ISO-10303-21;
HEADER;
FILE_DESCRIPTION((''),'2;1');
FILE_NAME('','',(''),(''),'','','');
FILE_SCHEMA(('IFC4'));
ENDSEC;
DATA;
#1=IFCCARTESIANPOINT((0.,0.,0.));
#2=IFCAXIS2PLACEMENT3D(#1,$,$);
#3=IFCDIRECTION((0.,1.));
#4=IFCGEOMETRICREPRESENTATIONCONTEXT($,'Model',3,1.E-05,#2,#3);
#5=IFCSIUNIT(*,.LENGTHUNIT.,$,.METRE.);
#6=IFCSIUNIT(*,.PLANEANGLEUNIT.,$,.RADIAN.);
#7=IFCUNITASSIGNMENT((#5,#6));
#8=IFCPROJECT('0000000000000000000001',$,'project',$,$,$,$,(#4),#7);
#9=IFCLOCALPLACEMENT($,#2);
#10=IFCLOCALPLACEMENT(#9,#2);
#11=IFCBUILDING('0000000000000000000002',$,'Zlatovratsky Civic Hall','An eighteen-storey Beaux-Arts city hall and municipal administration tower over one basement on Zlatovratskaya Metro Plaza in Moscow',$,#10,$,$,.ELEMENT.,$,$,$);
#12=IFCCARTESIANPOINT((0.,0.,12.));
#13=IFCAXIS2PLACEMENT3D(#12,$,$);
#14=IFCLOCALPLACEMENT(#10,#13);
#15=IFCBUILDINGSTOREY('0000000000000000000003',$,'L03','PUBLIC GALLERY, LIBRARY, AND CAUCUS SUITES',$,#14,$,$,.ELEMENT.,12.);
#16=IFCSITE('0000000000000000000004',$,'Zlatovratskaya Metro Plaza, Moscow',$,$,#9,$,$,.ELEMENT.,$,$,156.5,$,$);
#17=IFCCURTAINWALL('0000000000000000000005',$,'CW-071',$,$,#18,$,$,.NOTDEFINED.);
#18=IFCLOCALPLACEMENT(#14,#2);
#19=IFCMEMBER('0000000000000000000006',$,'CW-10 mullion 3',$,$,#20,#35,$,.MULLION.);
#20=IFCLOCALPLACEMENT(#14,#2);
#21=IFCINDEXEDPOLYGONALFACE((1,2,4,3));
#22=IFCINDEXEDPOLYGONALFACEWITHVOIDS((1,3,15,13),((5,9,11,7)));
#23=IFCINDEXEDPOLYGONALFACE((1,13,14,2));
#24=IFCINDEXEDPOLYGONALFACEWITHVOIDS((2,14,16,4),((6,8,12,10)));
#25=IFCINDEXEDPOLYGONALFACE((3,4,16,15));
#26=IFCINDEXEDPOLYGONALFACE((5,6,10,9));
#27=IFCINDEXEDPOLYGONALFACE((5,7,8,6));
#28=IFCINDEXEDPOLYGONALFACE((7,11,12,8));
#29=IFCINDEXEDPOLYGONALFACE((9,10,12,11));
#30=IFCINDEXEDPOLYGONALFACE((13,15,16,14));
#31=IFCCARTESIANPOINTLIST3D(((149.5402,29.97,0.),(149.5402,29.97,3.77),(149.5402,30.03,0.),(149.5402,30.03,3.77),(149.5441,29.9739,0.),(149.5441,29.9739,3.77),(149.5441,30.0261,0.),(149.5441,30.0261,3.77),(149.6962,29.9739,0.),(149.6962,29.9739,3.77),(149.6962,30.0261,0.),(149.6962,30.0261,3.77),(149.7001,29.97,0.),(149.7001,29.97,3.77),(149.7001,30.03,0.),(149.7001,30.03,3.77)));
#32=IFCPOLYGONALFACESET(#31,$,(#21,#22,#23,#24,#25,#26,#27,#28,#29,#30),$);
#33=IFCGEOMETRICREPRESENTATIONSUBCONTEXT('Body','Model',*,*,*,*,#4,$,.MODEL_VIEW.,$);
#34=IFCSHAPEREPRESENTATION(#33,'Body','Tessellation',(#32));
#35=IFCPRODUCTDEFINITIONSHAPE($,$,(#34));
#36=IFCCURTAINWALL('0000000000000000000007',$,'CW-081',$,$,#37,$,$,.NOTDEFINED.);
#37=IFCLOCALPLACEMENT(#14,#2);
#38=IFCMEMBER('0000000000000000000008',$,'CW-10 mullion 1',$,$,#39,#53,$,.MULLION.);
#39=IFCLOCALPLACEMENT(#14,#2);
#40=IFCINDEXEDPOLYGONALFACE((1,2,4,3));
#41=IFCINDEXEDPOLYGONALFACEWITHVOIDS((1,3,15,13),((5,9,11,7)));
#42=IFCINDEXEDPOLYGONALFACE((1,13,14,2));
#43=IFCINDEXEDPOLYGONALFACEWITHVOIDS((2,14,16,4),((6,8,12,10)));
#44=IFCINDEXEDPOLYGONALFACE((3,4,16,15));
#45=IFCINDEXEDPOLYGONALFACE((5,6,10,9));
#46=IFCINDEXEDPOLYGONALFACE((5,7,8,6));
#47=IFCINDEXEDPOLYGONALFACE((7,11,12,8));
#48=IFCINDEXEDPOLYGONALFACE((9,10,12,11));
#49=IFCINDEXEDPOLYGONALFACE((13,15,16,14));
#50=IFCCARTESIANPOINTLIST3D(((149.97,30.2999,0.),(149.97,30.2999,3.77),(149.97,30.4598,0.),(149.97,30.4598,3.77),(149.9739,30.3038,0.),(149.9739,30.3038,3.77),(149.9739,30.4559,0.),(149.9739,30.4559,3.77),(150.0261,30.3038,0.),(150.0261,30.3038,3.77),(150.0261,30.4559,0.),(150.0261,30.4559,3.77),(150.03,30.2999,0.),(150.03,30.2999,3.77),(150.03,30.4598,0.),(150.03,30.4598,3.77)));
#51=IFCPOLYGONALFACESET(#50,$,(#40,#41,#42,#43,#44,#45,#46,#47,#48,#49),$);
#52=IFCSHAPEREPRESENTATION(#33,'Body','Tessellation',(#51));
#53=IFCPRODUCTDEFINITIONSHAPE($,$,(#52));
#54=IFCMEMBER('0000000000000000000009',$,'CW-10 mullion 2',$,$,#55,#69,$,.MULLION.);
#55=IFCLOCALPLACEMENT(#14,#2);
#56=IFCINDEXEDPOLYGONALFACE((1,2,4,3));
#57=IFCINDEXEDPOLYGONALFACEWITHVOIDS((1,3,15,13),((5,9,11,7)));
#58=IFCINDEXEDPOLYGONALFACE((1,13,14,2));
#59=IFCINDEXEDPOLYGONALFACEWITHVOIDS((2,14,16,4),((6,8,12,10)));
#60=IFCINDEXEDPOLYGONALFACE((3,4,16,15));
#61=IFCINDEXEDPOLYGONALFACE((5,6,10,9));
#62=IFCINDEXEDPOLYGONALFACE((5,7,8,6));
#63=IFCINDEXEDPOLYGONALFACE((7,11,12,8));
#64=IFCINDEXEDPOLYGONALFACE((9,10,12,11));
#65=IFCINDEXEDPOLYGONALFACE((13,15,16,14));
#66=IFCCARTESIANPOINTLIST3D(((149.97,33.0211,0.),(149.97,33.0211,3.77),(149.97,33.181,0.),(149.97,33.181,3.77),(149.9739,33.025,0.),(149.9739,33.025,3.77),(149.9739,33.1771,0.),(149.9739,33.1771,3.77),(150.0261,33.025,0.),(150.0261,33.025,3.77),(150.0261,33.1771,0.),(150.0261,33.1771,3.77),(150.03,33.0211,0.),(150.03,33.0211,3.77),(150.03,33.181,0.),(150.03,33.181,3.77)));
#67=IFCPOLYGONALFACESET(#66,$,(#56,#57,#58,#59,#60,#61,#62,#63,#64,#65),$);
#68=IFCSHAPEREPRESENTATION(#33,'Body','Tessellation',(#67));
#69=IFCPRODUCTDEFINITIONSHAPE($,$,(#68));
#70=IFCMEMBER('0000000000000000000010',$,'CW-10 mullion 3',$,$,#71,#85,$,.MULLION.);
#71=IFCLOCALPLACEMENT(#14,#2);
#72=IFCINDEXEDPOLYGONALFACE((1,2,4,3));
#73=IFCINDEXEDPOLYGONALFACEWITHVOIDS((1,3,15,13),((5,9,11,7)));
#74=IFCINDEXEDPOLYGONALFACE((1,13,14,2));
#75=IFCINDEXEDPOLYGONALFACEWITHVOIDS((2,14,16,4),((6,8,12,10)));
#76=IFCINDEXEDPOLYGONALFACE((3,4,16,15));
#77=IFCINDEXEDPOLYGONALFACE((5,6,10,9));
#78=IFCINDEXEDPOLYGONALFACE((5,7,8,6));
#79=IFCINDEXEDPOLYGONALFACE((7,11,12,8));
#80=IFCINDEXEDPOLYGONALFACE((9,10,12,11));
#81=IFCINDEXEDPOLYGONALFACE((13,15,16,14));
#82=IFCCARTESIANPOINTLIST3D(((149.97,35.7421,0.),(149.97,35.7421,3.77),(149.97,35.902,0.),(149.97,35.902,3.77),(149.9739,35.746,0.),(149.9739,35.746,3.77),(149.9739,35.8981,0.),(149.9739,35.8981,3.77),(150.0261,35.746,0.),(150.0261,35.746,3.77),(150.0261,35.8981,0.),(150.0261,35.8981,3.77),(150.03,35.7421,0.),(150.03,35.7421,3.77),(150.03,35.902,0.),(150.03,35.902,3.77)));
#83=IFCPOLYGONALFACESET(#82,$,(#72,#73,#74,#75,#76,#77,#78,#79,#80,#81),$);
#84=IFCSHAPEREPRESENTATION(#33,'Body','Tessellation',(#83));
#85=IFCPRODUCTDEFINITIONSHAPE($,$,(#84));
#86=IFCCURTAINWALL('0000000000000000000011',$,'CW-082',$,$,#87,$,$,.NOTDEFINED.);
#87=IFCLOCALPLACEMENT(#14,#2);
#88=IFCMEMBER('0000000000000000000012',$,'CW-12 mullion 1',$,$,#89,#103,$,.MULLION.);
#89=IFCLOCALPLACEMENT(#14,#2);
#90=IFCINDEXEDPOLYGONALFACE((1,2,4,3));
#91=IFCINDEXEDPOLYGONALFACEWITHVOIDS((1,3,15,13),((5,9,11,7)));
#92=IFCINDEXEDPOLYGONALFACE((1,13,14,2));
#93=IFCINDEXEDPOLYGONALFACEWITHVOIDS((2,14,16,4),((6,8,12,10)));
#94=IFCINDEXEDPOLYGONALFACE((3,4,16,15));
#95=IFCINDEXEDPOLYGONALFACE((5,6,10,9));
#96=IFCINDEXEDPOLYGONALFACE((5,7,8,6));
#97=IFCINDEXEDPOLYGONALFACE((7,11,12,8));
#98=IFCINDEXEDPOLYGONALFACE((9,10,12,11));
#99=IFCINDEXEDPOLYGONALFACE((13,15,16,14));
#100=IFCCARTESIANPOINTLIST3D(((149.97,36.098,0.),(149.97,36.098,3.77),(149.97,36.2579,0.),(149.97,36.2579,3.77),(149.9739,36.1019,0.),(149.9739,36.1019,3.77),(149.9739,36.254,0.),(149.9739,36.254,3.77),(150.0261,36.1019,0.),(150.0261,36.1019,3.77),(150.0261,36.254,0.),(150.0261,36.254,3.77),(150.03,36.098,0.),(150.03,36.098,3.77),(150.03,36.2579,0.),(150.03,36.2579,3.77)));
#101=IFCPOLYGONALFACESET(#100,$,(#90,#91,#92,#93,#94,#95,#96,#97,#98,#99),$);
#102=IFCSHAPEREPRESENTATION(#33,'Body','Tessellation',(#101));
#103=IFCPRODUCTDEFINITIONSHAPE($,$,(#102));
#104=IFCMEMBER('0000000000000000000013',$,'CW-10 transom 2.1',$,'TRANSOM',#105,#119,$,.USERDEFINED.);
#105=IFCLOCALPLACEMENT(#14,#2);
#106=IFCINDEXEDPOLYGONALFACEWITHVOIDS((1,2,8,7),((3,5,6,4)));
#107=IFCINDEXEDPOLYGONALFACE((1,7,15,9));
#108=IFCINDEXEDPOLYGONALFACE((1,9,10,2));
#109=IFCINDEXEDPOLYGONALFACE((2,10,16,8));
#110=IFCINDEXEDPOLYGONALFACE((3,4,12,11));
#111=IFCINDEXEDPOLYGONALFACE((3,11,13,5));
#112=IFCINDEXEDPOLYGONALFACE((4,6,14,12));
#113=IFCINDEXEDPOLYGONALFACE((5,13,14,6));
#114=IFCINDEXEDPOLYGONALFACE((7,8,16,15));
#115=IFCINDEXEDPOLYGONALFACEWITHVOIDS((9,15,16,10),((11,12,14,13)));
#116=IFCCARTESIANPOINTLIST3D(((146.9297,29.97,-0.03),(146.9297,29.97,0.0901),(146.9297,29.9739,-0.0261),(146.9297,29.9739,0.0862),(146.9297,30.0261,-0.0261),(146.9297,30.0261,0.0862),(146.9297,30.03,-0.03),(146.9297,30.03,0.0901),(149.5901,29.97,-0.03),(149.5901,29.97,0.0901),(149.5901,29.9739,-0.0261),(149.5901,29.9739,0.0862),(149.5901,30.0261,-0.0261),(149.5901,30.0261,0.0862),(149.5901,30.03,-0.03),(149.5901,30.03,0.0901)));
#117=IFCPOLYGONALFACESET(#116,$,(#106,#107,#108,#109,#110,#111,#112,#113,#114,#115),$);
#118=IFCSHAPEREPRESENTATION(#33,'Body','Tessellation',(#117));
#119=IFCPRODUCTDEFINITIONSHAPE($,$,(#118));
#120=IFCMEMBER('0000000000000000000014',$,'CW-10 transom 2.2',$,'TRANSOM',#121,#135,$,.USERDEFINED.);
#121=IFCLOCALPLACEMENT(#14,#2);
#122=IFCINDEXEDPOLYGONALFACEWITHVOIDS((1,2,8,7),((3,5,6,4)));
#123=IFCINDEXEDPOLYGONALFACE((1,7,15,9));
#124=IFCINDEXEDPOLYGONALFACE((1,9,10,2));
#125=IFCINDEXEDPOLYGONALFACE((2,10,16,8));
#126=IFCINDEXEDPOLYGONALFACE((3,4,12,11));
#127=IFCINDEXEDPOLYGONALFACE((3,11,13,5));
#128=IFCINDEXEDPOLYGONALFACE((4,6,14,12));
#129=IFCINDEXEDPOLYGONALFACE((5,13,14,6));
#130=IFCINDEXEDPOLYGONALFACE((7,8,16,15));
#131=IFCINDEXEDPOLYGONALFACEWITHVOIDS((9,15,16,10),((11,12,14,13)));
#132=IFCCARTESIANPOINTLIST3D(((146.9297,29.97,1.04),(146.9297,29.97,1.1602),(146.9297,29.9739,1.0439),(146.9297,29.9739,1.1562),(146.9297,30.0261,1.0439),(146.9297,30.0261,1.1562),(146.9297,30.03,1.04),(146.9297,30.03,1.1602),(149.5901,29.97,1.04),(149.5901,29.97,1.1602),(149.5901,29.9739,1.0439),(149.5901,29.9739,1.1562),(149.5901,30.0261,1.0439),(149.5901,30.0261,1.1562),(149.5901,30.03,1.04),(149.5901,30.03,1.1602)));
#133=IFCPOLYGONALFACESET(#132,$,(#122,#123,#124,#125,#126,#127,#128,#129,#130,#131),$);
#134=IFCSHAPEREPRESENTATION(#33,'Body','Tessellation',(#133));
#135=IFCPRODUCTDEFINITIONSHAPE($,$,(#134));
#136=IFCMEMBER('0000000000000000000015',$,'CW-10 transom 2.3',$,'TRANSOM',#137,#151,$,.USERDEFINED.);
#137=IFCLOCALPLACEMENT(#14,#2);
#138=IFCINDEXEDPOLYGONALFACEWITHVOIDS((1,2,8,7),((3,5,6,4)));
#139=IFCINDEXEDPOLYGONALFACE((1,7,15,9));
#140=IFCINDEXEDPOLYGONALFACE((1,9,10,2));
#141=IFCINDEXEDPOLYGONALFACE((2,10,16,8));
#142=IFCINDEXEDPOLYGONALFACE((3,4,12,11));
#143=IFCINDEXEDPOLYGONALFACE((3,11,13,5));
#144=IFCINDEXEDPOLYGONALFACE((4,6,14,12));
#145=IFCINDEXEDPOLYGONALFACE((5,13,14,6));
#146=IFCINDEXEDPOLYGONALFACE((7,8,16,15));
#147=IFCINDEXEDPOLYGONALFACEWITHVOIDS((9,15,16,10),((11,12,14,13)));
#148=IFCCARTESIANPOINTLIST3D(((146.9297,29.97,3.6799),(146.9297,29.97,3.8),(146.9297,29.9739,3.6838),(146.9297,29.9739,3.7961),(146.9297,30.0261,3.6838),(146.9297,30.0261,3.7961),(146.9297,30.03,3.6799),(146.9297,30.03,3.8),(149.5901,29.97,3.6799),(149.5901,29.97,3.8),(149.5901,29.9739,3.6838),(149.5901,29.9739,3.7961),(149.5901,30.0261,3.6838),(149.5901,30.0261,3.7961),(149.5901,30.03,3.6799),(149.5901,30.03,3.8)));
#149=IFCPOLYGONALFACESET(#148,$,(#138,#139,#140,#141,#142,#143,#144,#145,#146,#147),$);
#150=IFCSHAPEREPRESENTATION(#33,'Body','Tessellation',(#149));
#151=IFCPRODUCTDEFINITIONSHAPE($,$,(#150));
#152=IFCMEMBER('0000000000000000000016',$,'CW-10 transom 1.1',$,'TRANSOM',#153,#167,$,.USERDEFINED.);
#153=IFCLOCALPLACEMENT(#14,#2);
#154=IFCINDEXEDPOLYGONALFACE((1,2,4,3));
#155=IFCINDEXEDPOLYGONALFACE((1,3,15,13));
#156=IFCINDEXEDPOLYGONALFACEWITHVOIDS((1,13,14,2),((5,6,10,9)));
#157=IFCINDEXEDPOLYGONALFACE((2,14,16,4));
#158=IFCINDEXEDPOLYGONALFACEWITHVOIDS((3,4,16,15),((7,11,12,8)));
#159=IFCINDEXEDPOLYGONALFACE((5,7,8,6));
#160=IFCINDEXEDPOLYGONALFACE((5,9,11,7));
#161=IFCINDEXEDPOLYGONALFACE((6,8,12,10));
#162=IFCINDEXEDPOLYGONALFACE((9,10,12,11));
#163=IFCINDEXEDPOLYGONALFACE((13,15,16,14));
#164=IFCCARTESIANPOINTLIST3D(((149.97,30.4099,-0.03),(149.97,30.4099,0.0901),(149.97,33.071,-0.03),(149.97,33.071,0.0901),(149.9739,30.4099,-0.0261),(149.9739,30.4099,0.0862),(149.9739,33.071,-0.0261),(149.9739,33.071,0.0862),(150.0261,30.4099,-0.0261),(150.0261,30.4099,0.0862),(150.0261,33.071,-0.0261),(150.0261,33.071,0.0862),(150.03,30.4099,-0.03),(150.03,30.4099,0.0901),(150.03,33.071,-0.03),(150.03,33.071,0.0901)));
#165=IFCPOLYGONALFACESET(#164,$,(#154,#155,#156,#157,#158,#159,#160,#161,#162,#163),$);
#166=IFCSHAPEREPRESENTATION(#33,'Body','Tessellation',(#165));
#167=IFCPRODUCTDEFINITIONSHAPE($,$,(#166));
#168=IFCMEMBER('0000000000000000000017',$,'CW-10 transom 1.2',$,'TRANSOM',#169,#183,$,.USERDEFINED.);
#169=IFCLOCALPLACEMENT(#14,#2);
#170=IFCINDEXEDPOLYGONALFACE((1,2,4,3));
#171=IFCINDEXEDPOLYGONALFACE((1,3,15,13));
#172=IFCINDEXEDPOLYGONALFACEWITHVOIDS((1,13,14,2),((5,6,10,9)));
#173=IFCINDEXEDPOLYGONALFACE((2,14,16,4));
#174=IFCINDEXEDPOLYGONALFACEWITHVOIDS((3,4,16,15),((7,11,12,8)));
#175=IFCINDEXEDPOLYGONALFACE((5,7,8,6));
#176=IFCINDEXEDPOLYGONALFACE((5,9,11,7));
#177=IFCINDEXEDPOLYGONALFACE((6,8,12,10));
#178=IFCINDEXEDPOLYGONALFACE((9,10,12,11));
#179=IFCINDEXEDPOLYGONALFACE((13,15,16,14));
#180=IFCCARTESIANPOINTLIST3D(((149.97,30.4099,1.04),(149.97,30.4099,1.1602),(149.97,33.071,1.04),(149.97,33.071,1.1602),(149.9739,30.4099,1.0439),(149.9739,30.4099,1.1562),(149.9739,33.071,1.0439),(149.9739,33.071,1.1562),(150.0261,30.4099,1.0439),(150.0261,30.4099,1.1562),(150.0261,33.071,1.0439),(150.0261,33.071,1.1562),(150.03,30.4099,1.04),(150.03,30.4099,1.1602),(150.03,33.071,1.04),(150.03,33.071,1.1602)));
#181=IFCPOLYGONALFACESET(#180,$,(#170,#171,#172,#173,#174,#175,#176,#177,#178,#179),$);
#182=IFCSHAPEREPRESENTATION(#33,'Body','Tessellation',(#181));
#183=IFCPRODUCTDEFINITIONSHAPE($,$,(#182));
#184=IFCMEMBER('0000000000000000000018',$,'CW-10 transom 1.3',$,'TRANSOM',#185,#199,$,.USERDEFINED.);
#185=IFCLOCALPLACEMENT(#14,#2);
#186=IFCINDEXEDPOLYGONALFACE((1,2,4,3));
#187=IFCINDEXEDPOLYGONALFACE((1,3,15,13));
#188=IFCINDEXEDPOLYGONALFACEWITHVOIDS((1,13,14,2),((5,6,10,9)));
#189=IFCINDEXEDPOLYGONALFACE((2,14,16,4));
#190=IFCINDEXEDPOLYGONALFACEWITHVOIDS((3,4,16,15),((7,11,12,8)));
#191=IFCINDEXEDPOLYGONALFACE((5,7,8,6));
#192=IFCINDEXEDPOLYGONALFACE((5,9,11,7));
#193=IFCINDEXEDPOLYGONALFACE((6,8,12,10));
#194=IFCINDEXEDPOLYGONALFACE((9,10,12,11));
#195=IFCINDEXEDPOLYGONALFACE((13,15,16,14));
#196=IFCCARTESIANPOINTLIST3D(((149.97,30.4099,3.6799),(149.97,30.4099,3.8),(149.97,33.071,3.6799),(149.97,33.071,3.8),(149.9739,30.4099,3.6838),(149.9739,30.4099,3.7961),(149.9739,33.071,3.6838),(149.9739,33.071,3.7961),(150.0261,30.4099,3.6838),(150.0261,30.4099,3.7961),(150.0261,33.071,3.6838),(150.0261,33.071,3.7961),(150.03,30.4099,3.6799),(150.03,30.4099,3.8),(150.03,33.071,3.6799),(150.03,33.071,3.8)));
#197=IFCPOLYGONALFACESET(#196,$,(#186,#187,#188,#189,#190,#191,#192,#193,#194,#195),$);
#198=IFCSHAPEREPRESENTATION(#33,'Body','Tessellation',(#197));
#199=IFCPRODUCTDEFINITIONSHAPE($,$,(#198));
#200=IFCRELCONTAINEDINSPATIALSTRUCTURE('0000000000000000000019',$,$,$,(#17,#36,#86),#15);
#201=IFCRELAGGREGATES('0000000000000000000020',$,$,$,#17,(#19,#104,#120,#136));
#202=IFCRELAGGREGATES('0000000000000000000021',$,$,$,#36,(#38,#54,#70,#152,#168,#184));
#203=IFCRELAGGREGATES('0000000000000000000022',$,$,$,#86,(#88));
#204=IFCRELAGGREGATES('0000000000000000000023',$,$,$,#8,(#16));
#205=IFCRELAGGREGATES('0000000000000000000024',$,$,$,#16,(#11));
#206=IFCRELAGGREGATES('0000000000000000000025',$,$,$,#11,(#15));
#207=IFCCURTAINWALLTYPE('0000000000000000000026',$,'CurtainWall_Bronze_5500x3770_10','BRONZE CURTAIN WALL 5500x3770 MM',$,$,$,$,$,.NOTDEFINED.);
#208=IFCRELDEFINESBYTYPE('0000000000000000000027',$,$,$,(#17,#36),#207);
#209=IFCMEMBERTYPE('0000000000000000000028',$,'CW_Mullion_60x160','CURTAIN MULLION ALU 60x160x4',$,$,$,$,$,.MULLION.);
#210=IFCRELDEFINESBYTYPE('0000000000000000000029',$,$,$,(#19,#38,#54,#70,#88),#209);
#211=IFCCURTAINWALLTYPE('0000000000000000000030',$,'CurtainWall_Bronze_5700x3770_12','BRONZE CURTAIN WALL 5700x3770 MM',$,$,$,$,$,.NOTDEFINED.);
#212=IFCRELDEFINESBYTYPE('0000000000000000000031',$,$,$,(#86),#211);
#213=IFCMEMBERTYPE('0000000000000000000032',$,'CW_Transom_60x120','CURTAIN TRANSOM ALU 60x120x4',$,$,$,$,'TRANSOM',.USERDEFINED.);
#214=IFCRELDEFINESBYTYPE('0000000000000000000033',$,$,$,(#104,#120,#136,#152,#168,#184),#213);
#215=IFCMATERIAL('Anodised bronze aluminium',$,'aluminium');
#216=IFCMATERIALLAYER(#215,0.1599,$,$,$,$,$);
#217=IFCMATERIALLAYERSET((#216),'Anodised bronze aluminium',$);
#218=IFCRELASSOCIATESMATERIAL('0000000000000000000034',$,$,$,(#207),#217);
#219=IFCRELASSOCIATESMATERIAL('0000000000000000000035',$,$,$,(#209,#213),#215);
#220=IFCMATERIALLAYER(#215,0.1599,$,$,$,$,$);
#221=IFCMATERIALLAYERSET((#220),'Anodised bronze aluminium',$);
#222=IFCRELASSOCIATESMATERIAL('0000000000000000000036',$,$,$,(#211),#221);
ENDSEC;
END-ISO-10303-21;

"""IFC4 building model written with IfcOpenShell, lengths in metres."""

from ifc_helpers import new_model, si_unit, direction, frame, origin, origin_2d, place, context, subcontext, project, spatial, hollow_rectangle, extrude, material, layer, layer_set, material_profile, profile_set, type_object, element, aggregate, save


model = new_model("IFC4")

# Units and contexts
model_context = context("Model", 3, precision=1e-05, world=origin(), true_north=direction((0.0, 1.0)))
body_context = subcontext(model_context, "Body", "Model", "MODEL_VIEW")
ifc_project = project(units=[si_unit("LENGTHUNIT", "METRE"), si_unit("PLANEANGLEUNIT", "RADIAN")], contexts=[model_context])

# Site, building, storey
site_placement = place(None, origin())
site = spatial("IfcSite", under=ifc_project, at=site_placement, Name="Zlatovratskaya Metro Plaza, Moscow", CompositionType="ELEMENT", RefElevation=156.5)
building_placement = place(site_placement, origin())
building = spatial("IfcBuilding", under=site, at=building_placement, Name="Zlatovratsky Civic Hall", Description="An eighteen-storey Beaux-Arts city hall and municipal administration tower over one basement on Zlatovratskaya Metro Plaza in Moscow", CompositionType="ELEMENT")
storey_placement = place(building_placement, frame((0.0, 0.0, 12.0)))
storey = spatial("IfcBuildingStorey", under=building, at=storey_placement, Name="L03", Description="PUBLIC GALLERY, LIBRARY, AND CAUCUS SUITES", CompositionType="ELEMENT", Elevation=12.0)

# Curtain walls, members
ifc_material_1 = material(Name="Anodised bronze aluminium", Category="aluminium")
ifc_layer_1 = layer(ifc_material_1, 0.1599)
ifc_layer_set_1 = layer_set([ifc_layer_1], Name="Anodised bronze aluminium")
curtain_wall_type_1 = type_object("IfcCurtainWallType", Name="CurtainWall_Bronze_5500x3770_10", Description="BRONZE CURTAIN WALL 5500x3770 MM", PredefinedType="NOTDEFINED", material=ifc_layer_set_1)
curtain_wall_1_placement = place(storey_placement, origin())
curtain_wall_1 = element("IfcCurtainWall", 1, at=curtain_wall_1_placement, inside=storey, type_object=curtain_wall_type_1, Name="CW-071", PredefinedType="NOTDEFINED")
ifc_material_profile_1 = material_profile(ifc_material_1, hollow_rectangle(XDim=0.0601, YDim=0.1599, WallThickness=0.0039, at=origin_2d()), Name="ALU 60x160x4")
ifc_profile_set_1 = profile_set([ifc_material_profile_1], Name="Anodised bronze aluminium")
member_type_1 = type_object("IfcMemberType", Name="CW_Mullion_60x160", Description="CURTAIN MULLION ALU 60x160x4", PredefinedType="MULLION", material=ifc_profile_set_1)
member_1_placement = place(storey_placement, frame((149.6201, 30.0, 0.0), z_axis=(0.0, 0.0, 1.0), x_axis=(0.0, 1.0, 0.0)))
member_1 = element("IfcMember", 2, at=member_1_placement, type_object=member_type_1, Name="CW-10 mullion 3", PredefinedType="MULLION", context=body_context, shape_type="SweptSolid", body=[
    extrude(hollow_rectangle(XDim=0.0601, YDim=0.1599, WallThickness=0.0039, at=origin_2d()), origin(), (0.0, 0.0, 1.0), 3.77),
])
curtain_wall_2_placement = place(storey_placement, origin())
curtain_wall_2 = element("IfcCurtainWall", 3, at=curtain_wall_2_placement, inside=storey, type_object=curtain_wall_type_1, Name="CW-081", PredefinedType="NOTDEFINED")
member_2_placement = place(storey_placement, frame((150.0, 30.3799, 0.0), z_axis=(0.0, 0.0, 1.0), x_axis=(-1.0, 0.0, 0.0)))
member_2 = element("IfcMember", 4, at=member_2_placement, type_object=member_type_1, Name="CW-10 mullion 1", PredefinedType="MULLION", context=body_context, shape_type="SweptSolid", body=[
    extrude(hollow_rectangle(XDim=0.0601, YDim=0.1599, WallThickness=0.0039, at=origin_2d()), origin(), (0.0, 0.0, 1.0), 3.77),
])
member_3_placement = place(storey_placement, frame((150.0, 33.1011, 0.0), z_axis=(0.0, 0.0, 1.0), x_axis=(-1.0, 0.0, 0.0)))
member_3 = element("IfcMember", 5, at=member_3_placement, type_object=member_type_1, Name="CW-10 mullion 2", PredefinedType="MULLION", context=body_context, shape_type="SweptSolid", body=[
    extrude(hollow_rectangle(XDim=0.0601, YDim=0.1599, WallThickness=0.0039, at=origin_2d()), origin(), (0.0, 0.0, 1.0), 3.77),
])
member_4_placement = place(storey_placement, frame((150.0, 35.822, 0.0), z_axis=(0.0, 0.0, 1.0), x_axis=(-1.0, 0.0, 0.0)))
member_4 = element("IfcMember", 6, at=member_4_placement, type_object=member_type_1, Name="CW-10 mullion 3", PredefinedType="MULLION", context=body_context, shape_type="SweptSolid", body=[
    extrude(hollow_rectangle(XDim=0.0601, YDim=0.1599, WallThickness=0.0039, at=origin_2d()), origin(), (0.0, 0.0, 1.0), 3.77),
])

# Curtain wall, member
ifc_layer_2 = layer(ifc_material_1, 0.1599)
ifc_layer_set_2 = layer_set([ifc_layer_2], Name="Anodised bronze aluminium")
curtain_wall_type_2 = type_object("IfcCurtainWallType", Name="CurtainWall_Bronze_5700x3770_12", Description="BRONZE CURTAIN WALL 5700x3770 MM", PredefinedType="NOTDEFINED", material=ifc_layer_set_2)
curtain_wall_3_placement = place(storey_placement, origin())
curtain_wall_3 = element("IfcCurtainWall", 7, at=curtain_wall_3_placement, inside=storey, type_object=curtain_wall_type_2, Name="CW-082", PredefinedType="NOTDEFINED")
member_5_placement = place(storey_placement, frame((150.0, 36.178, 0.0), z_axis=(0.0, 0.0, 1.0), x_axis=(-1.0, 0.0, 0.0)))
member_5 = element("IfcMember", 8, at=member_5_placement, type_object=member_type_1, Name="CW-12 mullion 1", PredefinedType="MULLION", context=body_context, shape_type="SweptSolid", body=[
    extrude(hollow_rectangle(XDim=0.0601, YDim=0.1599, WallThickness=0.0039, at=origin_2d()), origin(), (0.0, 0.0, 1.0), 3.77),
])

# Members
ifc_material_profile_2 = material_profile(ifc_material_1, hollow_rectangle(XDim=0.0601, YDim=0.1201, WallThickness=0.0039, at=origin_2d()), Name="ALU 60x120x4")
ifc_profile_set_2 = profile_set([ifc_material_profile_2], Name="Anodised bronze aluminium")
member_type_2 = type_object("IfcMemberType", Name="CW_Transom_60x120", Description="CURTAIN TRANSOM ALU 60x120x4", ElementType="TRANSOM", PredefinedType="USERDEFINED", material=ifc_profile_set_2)
member_6_placement = place(storey_placement, frame((146.9297, 30.0, 0.03), z_axis=(1.0, 0.0, 0.0), x_axis=(0.0, 1.0, 0.0)))
member_6 = element("IfcMember", 9, at=member_6_placement, type_object=member_type_2, Name="CW-10 transom 2.1", ObjectType="TRANSOM", PredefinedType="USERDEFINED", context=body_context, shape_type="SweptSolid", body=[
    extrude(hollow_rectangle(XDim=0.0601, YDim=0.1201, WallThickness=0.0039, at=origin_2d()), origin(), (0.0, 0.0, 1.0), 2.6604),
])
member_7_placement = place(storey_placement, frame((146.9297, 30.0, 1.1001), z_axis=(1.0, 0.0, 0.0), x_axis=(0.0, 1.0, 0.0)))
member_7 = element("IfcMember", 10, at=member_7_placement, type_object=member_type_2, Name="CW-10 transom 2.2", ObjectType="TRANSOM", PredefinedType="USERDEFINED", context=body_context, shape_type="SweptSolid", body=[
    extrude(hollow_rectangle(XDim=0.0601, YDim=0.1201, WallThickness=0.0039, at=origin_2d()), origin(), (0.0, 0.0, 1.0), 2.6604),
])
member_8_placement = place(storey_placement, frame((146.9297, 30.0, 3.74), z_axis=(1.0, 0.0, 0.0), x_axis=(0.0, 1.0, 0.0)))
member_8 = element("IfcMember", 11, at=member_8_placement, type_object=member_type_2, Name="CW-10 transom 2.3", ObjectType="TRANSOM", PredefinedType="USERDEFINED", context=body_context, shape_type="SweptSolid", body=[
    extrude(hollow_rectangle(XDim=0.0601, YDim=0.1201, WallThickness=0.0039, at=origin_2d()), origin(), (0.0, 0.0, 1.0), 2.6604),
])
member_9_placement = place(storey_placement, frame((150.0, 30.4099, 0.03), z_axis=(0.0, 1.0, 0.0), x_axis=(-1.0, 0.0, 0.0)))
member_9 = element("IfcMember", 12, at=member_9_placement, type_object=member_type_2, Name="CW-10 transom 1.1", ObjectType="TRANSOM", PredefinedType="USERDEFINED", context=body_context, shape_type="SweptSolid", body=[
    extrude(hollow_rectangle(XDim=0.0601, YDim=0.1201, WallThickness=0.0039, at=origin_2d()), origin(), (0.0, 0.0, 1.0), 2.6611),
])
member_10_placement = place(storey_placement, frame((150.0, 30.4099, 1.1001), z_axis=(0.0, 1.0, 0.0), x_axis=(-1.0, 0.0, 0.0)))
member_10 = element("IfcMember", 13, at=member_10_placement, type_object=member_type_2, Name="CW-10 transom 1.2", ObjectType="TRANSOM", PredefinedType="USERDEFINED", context=body_context, shape_type="SweptSolid", body=[
    extrude(hollow_rectangle(XDim=0.0601, YDim=0.1201, WallThickness=0.0039, at=origin_2d()), origin(), (0.0, 0.0, 1.0), 2.6611),
])
member_11_placement = place(storey_placement, frame((150.0, 30.4099, 3.74), z_axis=(0.0, 1.0, 0.0), x_axis=(-1.0, 0.0, 0.0)))
member_11 = element("IfcMember", 14, at=member_11_placement, type_object=member_type_2, Name="CW-10 transom 1.3", ObjectType="TRANSOM", PredefinedType="USERDEFINED", context=body_context, shape_type="SweptSolid", body=[
    extrude(hollow_rectangle(XDim=0.0601, YDim=0.1201, WallThickness=0.0039, at=origin_2d()), origin(), (0.0, 0.0, 1.0), 2.6611),
])

aggregate(curtain_wall_1, [member_1, member_6, member_7, member_8])
aggregate(curtain_wall_2, [member_2, member_3, member_4, member_9, member_10, member_11])
aggregate(curtain_wall_3, [member_5])

save(model, "model.ifc")
